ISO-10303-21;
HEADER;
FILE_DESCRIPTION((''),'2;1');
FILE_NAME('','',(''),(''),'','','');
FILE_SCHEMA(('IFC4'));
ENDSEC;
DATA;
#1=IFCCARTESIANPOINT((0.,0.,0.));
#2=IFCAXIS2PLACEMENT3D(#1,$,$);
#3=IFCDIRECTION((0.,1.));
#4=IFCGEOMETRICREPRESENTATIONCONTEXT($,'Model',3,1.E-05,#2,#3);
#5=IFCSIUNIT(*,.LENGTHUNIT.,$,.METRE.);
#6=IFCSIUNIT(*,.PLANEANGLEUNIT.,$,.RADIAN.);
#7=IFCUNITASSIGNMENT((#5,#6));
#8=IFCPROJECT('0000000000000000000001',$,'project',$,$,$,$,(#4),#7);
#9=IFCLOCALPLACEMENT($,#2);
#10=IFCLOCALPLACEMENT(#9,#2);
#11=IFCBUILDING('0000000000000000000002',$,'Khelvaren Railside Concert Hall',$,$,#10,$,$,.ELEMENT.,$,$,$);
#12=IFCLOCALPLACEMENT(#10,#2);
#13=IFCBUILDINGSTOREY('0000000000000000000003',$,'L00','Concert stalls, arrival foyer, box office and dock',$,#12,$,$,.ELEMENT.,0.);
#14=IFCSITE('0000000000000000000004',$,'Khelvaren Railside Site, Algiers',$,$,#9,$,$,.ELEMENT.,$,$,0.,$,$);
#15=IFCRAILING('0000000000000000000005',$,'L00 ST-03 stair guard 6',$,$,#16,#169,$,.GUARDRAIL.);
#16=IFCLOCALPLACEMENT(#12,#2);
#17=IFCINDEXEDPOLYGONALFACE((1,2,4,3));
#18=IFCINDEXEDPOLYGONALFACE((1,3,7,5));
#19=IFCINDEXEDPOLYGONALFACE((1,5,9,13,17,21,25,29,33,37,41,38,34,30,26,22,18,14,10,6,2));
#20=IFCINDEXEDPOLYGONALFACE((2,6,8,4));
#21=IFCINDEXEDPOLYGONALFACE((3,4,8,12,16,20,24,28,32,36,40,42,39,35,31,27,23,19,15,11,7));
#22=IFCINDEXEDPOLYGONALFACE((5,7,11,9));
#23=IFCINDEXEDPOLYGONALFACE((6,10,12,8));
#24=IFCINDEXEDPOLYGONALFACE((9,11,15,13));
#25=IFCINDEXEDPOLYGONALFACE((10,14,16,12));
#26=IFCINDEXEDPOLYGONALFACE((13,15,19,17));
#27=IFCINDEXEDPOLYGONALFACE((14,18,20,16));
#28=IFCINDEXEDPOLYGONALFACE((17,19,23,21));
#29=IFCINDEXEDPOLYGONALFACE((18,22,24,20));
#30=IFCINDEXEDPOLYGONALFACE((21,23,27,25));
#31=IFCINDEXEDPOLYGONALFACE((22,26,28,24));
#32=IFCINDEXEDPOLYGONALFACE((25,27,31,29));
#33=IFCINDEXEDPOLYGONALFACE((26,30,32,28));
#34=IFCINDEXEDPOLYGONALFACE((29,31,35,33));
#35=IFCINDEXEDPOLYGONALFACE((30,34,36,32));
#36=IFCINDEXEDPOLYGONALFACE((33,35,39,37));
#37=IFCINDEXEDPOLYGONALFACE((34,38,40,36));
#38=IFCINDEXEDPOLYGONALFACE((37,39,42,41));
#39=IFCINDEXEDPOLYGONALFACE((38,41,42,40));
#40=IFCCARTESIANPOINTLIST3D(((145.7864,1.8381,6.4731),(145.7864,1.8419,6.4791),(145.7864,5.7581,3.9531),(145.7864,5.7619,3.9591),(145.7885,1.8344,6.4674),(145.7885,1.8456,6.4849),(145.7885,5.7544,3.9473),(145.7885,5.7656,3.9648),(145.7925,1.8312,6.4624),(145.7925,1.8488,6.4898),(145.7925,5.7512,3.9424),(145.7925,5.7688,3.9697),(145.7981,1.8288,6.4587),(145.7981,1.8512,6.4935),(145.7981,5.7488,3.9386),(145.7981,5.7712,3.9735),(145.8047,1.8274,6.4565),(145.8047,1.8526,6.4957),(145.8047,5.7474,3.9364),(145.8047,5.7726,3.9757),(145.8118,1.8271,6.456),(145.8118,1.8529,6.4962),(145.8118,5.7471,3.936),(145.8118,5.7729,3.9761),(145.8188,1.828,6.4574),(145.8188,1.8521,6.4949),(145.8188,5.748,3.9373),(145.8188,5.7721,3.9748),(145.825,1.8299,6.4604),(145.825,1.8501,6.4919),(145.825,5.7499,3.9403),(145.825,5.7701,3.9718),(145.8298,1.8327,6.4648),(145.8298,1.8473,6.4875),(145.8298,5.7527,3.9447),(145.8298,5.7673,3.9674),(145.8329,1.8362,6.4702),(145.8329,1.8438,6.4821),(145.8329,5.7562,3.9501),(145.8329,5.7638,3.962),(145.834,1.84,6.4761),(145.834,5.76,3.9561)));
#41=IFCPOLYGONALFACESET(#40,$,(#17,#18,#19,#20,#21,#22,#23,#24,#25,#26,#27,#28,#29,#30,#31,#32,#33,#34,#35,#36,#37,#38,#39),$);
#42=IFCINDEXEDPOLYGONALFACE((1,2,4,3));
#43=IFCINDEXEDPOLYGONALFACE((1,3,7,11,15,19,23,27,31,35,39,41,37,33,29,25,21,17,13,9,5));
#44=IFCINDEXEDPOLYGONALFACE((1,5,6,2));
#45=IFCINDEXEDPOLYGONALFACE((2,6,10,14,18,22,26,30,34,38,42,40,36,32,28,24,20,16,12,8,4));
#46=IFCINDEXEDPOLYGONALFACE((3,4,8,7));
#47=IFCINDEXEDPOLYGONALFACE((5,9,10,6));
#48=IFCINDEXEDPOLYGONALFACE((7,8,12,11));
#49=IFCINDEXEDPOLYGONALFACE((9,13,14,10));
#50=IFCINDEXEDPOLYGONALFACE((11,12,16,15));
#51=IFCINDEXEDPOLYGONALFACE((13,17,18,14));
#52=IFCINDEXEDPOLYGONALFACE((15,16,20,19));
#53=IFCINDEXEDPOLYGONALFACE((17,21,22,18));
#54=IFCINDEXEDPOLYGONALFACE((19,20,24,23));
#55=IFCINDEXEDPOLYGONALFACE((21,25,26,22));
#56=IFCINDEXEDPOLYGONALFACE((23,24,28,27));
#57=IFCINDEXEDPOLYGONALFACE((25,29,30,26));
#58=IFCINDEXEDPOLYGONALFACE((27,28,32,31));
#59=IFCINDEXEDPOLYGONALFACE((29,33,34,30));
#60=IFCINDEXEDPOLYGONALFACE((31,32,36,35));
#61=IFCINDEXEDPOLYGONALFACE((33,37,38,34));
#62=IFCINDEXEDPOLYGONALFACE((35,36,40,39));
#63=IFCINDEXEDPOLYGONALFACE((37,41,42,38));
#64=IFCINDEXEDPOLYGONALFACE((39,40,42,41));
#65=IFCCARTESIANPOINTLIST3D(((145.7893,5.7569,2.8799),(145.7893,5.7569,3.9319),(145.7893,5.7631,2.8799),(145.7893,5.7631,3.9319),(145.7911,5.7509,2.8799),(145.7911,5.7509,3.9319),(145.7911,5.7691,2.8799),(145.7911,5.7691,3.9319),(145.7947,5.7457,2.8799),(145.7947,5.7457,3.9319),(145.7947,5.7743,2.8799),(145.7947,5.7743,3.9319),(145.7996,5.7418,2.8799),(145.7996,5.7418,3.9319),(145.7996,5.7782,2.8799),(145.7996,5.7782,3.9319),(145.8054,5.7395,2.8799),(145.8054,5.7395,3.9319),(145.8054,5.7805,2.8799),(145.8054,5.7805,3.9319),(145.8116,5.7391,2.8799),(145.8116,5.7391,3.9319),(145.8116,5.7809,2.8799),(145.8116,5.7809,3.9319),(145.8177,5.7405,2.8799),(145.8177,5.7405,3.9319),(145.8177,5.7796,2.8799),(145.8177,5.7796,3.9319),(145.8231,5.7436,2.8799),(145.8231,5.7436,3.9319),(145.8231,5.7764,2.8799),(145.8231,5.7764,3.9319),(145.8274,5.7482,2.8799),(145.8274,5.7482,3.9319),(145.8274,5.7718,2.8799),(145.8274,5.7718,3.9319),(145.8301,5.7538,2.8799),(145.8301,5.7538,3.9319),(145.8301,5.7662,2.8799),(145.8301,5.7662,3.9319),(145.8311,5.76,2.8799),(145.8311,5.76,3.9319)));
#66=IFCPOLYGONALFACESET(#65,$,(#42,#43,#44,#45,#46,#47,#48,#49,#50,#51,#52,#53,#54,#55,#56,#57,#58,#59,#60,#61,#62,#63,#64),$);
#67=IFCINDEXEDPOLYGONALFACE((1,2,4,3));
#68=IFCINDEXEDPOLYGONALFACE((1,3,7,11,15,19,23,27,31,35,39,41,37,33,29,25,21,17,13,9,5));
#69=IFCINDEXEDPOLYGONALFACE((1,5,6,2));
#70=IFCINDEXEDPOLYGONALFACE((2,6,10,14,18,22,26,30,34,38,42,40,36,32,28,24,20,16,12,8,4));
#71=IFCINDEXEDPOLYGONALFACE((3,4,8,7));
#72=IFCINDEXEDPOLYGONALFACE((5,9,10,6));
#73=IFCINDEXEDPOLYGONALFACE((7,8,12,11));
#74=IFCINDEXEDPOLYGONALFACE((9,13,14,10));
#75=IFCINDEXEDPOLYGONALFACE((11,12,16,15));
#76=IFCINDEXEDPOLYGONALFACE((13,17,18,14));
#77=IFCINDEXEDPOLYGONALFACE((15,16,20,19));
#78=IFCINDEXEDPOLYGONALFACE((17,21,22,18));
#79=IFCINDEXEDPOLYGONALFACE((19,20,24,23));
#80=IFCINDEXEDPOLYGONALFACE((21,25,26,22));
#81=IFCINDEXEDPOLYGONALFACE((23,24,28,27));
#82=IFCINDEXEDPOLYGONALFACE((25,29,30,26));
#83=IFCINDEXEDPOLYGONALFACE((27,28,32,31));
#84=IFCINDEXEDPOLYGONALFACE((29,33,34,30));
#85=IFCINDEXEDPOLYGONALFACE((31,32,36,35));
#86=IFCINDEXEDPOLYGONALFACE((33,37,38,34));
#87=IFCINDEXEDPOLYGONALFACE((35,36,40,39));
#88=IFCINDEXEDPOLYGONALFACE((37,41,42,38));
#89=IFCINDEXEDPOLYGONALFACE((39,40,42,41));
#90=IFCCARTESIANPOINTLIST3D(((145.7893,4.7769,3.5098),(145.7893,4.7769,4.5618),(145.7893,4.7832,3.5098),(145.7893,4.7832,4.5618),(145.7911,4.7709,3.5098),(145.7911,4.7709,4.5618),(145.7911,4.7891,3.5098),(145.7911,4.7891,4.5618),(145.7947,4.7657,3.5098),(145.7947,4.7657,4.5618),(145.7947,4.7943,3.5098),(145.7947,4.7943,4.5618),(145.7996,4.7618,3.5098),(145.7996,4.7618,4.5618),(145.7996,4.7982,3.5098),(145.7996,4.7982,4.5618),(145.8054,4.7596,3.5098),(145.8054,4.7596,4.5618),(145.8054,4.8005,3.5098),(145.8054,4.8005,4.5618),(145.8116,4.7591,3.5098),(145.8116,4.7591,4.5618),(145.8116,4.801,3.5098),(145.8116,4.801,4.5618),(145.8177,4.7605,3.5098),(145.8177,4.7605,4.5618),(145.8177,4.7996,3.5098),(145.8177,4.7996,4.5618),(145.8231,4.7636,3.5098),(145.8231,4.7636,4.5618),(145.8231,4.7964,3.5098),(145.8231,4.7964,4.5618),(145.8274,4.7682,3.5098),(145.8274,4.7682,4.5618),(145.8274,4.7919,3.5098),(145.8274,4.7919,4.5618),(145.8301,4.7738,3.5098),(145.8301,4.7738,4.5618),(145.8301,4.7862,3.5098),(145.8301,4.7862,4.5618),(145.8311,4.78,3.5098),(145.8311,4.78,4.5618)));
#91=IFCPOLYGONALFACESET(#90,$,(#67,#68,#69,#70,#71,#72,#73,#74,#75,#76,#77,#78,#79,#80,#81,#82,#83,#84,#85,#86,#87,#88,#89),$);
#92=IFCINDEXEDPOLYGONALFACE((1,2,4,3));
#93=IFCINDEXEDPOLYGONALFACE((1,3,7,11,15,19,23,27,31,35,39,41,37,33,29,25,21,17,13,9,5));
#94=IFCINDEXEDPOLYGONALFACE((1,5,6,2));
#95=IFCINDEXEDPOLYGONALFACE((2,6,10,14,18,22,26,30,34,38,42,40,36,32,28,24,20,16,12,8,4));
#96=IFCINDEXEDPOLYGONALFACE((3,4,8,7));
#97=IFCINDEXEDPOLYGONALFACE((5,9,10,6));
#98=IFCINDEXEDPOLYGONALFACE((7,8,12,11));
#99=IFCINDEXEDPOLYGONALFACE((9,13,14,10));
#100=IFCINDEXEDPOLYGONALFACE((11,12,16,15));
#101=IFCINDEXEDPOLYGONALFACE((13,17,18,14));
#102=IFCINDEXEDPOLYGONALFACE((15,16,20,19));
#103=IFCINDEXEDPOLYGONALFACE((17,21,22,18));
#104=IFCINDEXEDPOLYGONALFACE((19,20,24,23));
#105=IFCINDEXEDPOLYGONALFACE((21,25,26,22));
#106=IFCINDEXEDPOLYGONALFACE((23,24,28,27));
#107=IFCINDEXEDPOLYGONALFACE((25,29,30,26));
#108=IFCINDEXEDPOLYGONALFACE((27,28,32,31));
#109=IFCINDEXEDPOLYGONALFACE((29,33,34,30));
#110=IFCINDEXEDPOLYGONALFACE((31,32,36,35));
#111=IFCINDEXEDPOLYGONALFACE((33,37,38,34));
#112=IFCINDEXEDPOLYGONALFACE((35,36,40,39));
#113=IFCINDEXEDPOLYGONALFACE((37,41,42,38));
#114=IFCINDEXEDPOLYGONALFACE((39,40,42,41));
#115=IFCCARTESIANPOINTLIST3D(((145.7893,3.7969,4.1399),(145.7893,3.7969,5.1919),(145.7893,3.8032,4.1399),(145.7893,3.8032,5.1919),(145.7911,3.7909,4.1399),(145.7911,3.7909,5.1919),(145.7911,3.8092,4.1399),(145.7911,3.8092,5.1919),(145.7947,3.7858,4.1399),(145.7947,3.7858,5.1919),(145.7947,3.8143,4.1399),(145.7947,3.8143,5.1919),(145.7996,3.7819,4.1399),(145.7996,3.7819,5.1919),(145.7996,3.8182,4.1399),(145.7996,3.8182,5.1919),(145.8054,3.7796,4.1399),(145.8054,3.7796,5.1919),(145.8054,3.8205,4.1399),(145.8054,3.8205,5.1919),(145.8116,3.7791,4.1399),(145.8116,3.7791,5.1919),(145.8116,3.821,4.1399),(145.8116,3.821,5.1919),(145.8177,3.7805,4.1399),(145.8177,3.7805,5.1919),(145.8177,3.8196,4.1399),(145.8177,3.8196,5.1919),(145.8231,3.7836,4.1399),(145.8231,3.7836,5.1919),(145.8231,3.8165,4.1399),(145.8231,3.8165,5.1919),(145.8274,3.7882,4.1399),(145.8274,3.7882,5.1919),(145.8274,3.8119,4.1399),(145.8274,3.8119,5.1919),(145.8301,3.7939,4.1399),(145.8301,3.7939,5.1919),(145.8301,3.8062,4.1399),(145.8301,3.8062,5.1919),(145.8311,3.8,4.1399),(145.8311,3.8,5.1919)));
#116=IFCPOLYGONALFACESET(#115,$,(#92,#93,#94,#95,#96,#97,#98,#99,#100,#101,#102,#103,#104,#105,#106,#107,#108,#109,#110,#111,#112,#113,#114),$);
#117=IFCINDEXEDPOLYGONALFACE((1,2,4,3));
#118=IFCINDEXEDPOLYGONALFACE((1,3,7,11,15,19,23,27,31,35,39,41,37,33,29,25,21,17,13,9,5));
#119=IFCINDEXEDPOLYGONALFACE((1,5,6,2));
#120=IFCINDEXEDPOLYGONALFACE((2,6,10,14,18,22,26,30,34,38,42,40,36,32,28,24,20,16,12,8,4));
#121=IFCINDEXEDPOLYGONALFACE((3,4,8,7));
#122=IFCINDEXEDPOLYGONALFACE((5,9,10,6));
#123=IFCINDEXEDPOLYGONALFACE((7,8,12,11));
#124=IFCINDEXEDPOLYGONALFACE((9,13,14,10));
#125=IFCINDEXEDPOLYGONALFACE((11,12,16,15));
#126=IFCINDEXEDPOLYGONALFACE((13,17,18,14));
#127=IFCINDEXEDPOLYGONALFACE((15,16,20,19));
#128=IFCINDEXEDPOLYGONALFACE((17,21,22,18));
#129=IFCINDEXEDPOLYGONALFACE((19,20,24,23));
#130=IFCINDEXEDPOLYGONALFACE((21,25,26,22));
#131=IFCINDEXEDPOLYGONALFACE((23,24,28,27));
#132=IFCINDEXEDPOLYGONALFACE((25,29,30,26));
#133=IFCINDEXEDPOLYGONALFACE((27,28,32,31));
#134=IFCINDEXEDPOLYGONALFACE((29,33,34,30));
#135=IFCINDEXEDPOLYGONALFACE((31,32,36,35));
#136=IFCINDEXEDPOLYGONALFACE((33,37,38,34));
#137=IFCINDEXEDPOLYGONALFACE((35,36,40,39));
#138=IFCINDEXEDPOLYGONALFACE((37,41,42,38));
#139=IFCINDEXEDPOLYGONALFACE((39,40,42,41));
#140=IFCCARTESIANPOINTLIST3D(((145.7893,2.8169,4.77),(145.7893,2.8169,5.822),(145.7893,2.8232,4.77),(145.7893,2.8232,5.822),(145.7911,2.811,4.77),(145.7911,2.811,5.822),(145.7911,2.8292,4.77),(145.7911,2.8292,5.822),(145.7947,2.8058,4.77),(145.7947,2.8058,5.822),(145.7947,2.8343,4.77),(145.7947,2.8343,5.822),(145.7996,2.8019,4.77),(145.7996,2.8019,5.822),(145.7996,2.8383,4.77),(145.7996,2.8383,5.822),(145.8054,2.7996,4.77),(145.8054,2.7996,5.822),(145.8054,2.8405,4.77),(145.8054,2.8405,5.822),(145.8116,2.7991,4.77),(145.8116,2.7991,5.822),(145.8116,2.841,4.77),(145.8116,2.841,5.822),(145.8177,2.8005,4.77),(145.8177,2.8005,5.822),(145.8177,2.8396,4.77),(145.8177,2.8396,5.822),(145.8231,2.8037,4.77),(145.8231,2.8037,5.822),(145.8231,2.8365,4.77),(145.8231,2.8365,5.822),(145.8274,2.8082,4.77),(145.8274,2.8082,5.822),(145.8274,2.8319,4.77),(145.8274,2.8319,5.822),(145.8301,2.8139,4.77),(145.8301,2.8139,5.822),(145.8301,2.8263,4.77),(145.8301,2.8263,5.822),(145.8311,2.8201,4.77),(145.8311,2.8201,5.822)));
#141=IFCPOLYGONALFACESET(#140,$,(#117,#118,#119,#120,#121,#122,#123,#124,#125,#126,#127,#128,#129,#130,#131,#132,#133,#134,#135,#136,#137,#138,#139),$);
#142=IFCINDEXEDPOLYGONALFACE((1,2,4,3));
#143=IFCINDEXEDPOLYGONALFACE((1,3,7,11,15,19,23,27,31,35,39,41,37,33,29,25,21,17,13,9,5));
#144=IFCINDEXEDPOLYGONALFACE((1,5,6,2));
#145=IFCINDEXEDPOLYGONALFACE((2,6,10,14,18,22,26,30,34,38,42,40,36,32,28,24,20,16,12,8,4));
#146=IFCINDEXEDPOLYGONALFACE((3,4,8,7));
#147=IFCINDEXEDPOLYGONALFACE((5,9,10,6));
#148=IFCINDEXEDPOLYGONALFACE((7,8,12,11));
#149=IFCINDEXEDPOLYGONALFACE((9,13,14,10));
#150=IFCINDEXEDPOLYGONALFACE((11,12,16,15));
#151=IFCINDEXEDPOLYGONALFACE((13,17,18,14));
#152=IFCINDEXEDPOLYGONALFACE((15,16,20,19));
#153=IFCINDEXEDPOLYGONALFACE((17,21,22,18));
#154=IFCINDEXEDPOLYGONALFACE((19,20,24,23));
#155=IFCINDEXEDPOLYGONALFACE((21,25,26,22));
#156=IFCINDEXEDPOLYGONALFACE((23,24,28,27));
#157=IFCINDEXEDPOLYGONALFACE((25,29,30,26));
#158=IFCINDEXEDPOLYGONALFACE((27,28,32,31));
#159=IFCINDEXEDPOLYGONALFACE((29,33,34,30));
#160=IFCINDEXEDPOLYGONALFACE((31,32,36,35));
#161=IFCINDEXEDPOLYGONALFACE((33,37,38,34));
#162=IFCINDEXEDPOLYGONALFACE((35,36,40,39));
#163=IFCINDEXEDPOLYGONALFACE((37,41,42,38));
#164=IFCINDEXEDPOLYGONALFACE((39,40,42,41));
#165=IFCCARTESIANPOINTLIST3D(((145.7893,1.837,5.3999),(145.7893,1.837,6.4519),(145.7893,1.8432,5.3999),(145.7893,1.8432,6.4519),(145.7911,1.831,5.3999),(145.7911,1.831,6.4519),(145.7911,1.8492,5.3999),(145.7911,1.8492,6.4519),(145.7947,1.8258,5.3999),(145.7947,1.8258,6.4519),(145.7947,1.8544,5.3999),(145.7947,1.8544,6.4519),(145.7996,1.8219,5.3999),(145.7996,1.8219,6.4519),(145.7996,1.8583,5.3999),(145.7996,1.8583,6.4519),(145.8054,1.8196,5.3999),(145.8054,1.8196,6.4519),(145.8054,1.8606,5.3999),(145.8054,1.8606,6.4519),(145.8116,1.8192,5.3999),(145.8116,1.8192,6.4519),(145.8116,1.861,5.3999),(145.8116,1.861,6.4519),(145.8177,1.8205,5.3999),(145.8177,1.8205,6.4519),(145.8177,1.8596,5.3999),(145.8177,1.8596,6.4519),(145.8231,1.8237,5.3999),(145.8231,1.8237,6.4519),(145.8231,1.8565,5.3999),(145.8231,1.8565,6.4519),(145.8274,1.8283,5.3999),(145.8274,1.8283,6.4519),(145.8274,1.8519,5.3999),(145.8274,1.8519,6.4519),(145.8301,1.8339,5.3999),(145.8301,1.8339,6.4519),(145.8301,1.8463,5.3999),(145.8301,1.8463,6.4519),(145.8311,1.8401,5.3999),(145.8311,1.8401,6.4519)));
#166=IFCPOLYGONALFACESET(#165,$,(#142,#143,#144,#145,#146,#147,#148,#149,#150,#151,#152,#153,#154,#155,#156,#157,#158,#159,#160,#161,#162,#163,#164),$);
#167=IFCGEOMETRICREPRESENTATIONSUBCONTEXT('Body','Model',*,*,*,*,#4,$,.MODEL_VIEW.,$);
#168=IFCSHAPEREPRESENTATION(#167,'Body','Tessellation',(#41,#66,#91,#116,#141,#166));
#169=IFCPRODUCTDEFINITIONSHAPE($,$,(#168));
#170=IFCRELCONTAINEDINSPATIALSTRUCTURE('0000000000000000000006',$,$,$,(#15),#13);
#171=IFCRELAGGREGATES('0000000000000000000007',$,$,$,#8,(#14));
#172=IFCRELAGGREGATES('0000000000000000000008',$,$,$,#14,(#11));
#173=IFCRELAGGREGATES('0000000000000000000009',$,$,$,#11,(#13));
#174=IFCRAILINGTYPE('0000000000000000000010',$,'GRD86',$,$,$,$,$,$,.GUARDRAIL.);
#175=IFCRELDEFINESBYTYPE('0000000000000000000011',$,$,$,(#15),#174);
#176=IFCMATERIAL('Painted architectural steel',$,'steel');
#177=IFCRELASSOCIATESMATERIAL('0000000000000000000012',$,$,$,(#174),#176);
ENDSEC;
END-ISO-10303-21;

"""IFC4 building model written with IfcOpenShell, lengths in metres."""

from ifc_helpers import new_model, si_unit, direction, frame, origin, origin_2d, place, context, subcontext, project, spatial, circle, extrude, material, type_object, element, save


model = new_model("IFC4")

# Units and contexts
model_context = context("Model", 3, precision=1e-05, world=origin(), true_north=direction((0.0, 1.0)))
body_context = subcontext(model_context, "Body", "Model", "MODEL_VIEW")
ifc_project = project(units=[si_unit("LENGTHUNIT", "METRE"), si_unit("PLANEANGLEUNIT", "RADIAN")], contexts=[model_context])

# Site, building, storey
site_placement = place(None, origin())
site = spatial("IfcSite", under=ifc_project, at=site_placement, Name="Khelvaren Railside Site, Algiers", CompositionType="ELEMENT", RefElevation=0.0)
building_placement = place(site_placement, origin())
building = spatial("IfcBuilding", under=site, at=building_placement, Name="Khelvaren Railside Concert Hall", CompositionType="ELEMENT")
storey_placement = place(building_placement, origin())
storey = spatial("IfcBuildingStorey", under=building, at=storey_placement, Name="L00", Description="Concert stalls, arrival foyer, box office and dock", CompositionType="ELEMENT", Elevation=0.0)

# Railing
ifc_material_1 = material(Name="Painted architectural steel", Category="steel")
railing_type_1 = type_object("IfcRailingType", Name="GRD86", PredefinedType="GUARDRAIL", material=ifc_material_1)
railing_1_placement = place(storey_placement, frame((145.8101, 5.76, 2.8799)))
element("IfcRailing", 1, at=railing_1_placement, inside=storey, type_object=railing_type_1, Name="L00 ST-03 stair guard 6", PredefinedType="GUARDRAIL", context=body_context, shape_type="SweptSolid", body=[
    extrude(circle(Radius=0.0239, at=origin_2d()), frame((0.0, 0.0, 1.0762), z_axis=(0.0, -0.841172, 0.540768), x_axis=(1.0, 0.0, 0.0)), (0.0, 0.0, 1.0), 4.6602),
    extrude(circle(Radius=0.021, at=origin_2d()), origin(), (0.0, 0.0, 1.0), 1.052),
    extrude(circle(Radius=0.021, at=origin_2d()), frame((0.0, -0.98, 0.6299)), (0.0, 0.0, 1.0), 1.052),
    extrude(circle(Radius=0.021, at=origin_2d()), frame((0.0, -1.96, 1.26)), (0.0, 0.0, 1.0), 1.052),
    extrude(circle(Radius=0.021, at=origin_2d()), frame((0.0, -2.9399, 1.8901)), (0.0, 0.0, 1.0), 1.052),
    extrude(circle(Radius=0.021, at=origin_2d()), frame((0.0, -3.9199, 2.52)), (0.0, 0.0, 1.0), 1.052),
])

save(model, "model.ifc")
